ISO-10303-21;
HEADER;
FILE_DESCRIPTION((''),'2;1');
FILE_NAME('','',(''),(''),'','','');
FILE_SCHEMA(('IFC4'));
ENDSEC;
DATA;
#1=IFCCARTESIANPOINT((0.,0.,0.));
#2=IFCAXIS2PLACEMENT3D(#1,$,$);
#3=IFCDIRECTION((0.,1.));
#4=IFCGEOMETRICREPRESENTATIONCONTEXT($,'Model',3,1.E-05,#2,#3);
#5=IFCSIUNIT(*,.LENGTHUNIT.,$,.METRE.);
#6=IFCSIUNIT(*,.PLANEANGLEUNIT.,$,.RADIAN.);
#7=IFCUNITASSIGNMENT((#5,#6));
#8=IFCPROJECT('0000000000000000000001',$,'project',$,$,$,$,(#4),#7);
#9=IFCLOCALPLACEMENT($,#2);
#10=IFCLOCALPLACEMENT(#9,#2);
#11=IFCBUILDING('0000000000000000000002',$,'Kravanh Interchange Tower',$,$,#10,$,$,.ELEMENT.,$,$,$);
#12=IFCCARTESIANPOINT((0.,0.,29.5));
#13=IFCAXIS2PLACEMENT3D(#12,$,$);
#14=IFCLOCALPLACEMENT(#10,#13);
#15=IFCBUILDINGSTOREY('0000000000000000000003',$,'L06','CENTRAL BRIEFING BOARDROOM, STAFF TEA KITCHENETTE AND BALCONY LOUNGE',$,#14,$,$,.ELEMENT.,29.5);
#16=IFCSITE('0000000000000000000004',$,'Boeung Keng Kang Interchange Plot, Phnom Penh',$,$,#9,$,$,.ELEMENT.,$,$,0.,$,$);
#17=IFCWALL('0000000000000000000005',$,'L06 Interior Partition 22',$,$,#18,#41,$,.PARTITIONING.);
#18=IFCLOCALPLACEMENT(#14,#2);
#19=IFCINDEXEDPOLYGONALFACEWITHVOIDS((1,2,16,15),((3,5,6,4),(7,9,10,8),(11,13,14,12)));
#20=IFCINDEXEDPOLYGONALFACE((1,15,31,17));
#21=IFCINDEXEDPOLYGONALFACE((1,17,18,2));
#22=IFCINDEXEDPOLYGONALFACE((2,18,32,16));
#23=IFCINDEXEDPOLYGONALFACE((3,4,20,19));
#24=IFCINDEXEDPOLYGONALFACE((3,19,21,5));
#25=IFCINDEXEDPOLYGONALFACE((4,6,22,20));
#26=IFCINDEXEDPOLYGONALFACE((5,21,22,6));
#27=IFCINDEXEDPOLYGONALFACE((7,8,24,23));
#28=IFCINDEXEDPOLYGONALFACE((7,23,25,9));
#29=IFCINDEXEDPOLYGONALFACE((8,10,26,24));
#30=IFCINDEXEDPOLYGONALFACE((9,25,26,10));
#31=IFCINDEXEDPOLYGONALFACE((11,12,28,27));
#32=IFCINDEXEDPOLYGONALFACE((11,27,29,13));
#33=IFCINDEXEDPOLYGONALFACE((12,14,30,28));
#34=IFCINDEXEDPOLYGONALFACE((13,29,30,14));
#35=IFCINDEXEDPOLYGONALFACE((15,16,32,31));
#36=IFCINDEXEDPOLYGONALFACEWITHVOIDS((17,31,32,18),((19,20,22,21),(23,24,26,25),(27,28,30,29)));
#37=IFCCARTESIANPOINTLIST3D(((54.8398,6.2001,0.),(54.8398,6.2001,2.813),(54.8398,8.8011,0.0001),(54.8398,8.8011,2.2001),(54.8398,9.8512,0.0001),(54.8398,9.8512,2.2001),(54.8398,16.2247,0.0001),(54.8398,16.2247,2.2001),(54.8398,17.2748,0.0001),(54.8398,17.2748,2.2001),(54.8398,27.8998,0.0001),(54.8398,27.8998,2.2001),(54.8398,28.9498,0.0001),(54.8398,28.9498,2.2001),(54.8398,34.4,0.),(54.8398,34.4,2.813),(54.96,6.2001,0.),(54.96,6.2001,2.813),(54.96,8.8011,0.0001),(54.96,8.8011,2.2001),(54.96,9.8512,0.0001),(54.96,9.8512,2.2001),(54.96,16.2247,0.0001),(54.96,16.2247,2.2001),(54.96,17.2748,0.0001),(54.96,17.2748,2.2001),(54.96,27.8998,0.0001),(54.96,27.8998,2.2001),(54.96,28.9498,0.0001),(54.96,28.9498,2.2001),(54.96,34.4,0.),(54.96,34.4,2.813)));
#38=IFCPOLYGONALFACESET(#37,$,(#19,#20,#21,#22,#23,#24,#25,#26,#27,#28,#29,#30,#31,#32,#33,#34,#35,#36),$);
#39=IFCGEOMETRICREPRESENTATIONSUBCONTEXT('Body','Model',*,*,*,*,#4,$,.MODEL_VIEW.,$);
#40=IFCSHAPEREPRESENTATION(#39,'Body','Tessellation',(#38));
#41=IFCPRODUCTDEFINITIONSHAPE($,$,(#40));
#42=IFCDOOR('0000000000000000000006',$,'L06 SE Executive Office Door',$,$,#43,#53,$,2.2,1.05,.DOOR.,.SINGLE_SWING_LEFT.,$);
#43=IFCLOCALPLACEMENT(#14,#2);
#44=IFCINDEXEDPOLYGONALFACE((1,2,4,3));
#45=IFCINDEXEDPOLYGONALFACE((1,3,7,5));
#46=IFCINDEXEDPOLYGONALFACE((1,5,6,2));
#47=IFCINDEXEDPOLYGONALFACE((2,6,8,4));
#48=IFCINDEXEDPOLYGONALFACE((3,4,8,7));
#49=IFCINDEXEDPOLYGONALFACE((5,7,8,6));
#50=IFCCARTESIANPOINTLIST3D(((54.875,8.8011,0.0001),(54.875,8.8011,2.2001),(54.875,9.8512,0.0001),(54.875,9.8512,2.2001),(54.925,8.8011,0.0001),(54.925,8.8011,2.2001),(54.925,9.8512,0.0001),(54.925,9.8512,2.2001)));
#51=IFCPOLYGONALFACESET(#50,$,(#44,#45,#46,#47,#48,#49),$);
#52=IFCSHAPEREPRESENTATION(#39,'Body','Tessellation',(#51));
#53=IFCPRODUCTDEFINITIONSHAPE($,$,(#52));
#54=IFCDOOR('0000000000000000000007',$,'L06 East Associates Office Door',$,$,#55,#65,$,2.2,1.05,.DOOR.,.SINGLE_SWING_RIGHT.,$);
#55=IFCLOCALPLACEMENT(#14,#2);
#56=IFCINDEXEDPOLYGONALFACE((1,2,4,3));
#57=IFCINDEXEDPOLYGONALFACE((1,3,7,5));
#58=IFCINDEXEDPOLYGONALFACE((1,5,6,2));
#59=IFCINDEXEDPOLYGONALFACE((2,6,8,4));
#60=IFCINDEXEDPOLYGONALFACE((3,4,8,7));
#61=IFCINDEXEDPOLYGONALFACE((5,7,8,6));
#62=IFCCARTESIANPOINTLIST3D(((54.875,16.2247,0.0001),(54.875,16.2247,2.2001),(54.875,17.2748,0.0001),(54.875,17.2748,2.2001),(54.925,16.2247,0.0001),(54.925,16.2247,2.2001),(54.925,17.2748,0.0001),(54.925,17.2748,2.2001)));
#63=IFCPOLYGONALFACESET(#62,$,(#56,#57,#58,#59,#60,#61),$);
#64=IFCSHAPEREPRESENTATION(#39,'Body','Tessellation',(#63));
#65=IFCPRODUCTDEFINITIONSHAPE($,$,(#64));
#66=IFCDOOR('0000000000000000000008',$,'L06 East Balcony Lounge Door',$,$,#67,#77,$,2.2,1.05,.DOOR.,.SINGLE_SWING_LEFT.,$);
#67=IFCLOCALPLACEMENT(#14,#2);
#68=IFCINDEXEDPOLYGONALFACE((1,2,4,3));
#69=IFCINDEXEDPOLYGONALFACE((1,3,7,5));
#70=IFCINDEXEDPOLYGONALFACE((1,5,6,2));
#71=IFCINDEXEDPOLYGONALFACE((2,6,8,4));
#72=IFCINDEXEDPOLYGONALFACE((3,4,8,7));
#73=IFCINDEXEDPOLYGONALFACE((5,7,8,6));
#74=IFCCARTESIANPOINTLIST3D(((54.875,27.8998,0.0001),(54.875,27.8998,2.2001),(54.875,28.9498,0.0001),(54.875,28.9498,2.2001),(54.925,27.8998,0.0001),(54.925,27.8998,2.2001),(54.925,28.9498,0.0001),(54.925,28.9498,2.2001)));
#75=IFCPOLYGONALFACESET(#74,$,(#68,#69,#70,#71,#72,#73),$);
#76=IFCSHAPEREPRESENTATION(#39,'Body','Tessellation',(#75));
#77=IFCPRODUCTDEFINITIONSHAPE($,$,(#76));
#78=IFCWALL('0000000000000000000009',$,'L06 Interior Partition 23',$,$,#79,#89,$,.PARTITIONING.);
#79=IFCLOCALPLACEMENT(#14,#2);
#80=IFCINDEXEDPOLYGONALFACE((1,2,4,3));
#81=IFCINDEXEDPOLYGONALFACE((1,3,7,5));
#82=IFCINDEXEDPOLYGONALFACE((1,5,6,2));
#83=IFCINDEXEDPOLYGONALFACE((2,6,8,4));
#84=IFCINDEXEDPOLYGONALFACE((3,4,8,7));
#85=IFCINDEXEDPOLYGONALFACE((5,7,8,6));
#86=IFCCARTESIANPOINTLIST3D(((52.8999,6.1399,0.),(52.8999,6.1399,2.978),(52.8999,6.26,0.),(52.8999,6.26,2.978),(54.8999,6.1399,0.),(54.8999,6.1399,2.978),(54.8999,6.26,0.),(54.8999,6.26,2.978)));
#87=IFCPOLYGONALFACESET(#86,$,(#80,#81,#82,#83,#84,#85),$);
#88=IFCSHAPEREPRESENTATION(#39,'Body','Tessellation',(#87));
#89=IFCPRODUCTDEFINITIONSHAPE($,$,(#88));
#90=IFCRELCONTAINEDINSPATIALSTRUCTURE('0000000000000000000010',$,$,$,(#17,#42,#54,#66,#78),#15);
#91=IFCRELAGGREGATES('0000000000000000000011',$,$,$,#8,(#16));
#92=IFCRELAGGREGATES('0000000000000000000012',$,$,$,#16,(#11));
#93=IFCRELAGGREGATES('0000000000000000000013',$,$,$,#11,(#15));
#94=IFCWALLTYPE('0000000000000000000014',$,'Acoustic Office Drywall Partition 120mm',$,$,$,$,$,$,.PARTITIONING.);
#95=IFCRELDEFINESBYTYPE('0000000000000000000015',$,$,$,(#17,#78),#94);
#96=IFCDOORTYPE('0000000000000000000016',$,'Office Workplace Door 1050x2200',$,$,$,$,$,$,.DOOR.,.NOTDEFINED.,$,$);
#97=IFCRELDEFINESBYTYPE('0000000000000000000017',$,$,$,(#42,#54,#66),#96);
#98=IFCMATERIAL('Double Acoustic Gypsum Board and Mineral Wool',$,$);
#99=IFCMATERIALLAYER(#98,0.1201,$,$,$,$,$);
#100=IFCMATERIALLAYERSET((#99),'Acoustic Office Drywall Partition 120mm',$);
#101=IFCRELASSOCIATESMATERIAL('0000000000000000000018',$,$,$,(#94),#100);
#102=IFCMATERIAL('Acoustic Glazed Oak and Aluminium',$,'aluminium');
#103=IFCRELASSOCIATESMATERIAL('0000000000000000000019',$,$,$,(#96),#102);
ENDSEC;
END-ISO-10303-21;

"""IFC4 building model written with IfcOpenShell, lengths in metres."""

from ifc_helpers import new_model, si_unit, direction, frame, frame_2d, origin, place, context, subcontext, project, spatial, rectangle, extrude, material, layer, layer_set, type_object, element, fill, save


model = new_model("IFC4")

# Units and contexts
model_context = context("Model", 3, precision=1e-05, world=origin(), true_north=direction((0.0, 1.0)))
body_context = subcontext(model_context, "Body", "Model", "MODEL_VIEW")
ifc_project = project(units=[si_unit("LENGTHUNIT", "METRE"), si_unit("PLANEANGLEUNIT", "RADIAN")], contexts=[model_context])

# Site, building, storey
site_placement = place(None, origin())
site = spatial("IfcSite", under=ifc_project, at=site_placement, Name="Boeung Keng Kang Interchange Plot, Phnom Penh", CompositionType="ELEMENT", RefElevation=0.0)
building_placement = place(site_placement, origin())
building = spatial("IfcBuilding", under=site, at=building_placement, Name="Kravanh Interchange Tower", CompositionType="ELEMENT")
storey_placement = place(building_placement, frame((0.0, 0.0, 29.5)))
storey = spatial("IfcBuildingStorey", under=building, at=storey_placement, Name="L06", Description="CENTRAL BRIEFING BOARDROOM, STAFF TEA KITCHENETTE AND BALCONY LOUNGE", CompositionType="ELEMENT", Elevation=29.5)

# Shared definitions
ifc_material_1 = material(Name="Double Acoustic Gypsum Board and Mineral Wool")
ifc_layer_1 = layer(ifc_material_1, 0.1201)
ifc_layer_set_1 = layer_set([ifc_layer_1], Name="Acoustic Office Drywall Partition 120mm")
wall_type = type_object("IfcWallType", Name="Acoustic Office Drywall Partition 120mm", PredefinedType="PARTITIONING", material=ifc_layer_set_1)

# Wall, openings, doors
wall_1_placement = place(storey_placement, frame((54.8999, 6.2, 0.0), z_axis=(0.0, 0.0, 1.0), x_axis=(0.0, 1.0, 0.0)))
wall_1 = element("IfcWall", 1, at=wall_1_placement, inside=storey, type_object=wall_type, Name="L06 Interior Partition 22", PredefinedType="PARTITIONING", context=body_context, shape_type="SweptSolid", body=[
    extrude(rectangle(XDim=28.2, YDim=0.1201, at=frame_2d((14.1001, 0.0))), origin(), (0.0, 0.0, 1.0), 2.813),
])
opening_1_placement = place(wall_1_placement, frame((2.6013, 0.0, 0.0)))
opening_1 = element("IfcOpeningElement", 2, at=opening_1_placement, cuts=wall_1, PredefinedType="OPENING", context=body_context, shape_type="SweptSolid", body=[
    extrude(rectangle(XDim=1.05, YDim=2.2, at=frame_2d((0.5249, 1.1001))), frame((0.0, 0.0701, 0.0), z_axis=(0.0, -1.0, 0.0), x_axis=(1.0, 0.0, 0.0)), (0.0, 0.0, 1.0), 0.1401),
])
opening_2_placement = place(wall_1_placement, frame((10.0249, 0.0, 0.0)))
opening_2 = element("IfcOpeningElement", 3, at=opening_2_placement, cuts=wall_1, PredefinedType="OPENING", context=body_context, shape_type="SweptSolid", body=[
    extrude(rectangle(XDim=1.05, YDim=2.2, at=frame_2d((0.5249, 1.1001))), frame((0.0, 0.0701, 0.0), z_axis=(0.0, -1.0, 0.0), x_axis=(1.0, 0.0, 0.0)), (0.0, 0.0, 1.0), 0.1401),
])
opening_3_placement = place(wall_1_placement, frame((21.7, 0.0, 0.0)))
opening_3 = element("IfcOpeningElement", 4, at=opening_3_placement, cuts=wall_1, PredefinedType="OPENING", context=body_context, shape_type="SweptSolid", body=[
    extrude(rectangle(XDim=1.05, YDim=2.2, at=frame_2d((0.5249, 1.1001))), frame((0.0, 0.0701, 0.0), z_axis=(0.0, -1.0, 0.0), x_axis=(1.0, 0.0, 0.0)), (0.0, 0.0, 1.0), 0.1401),
])
ifc_material_2 = material(Name="Acoustic Glazed Oak and Aluminium", Category="aluminium")
door_type = type_object("IfcDoorType", Name="Office Workplace Door 1050x2200", OperationType="NOTDEFINED", PredefinedType="DOOR", material=ifc_material_2)
door_1_placement = place(opening_1_placement, origin())
door_1 = element("IfcDoor", 5, at=door_1_placement, inside=storey, type_object=door_type, Name="L06 SE Executive Office Door", OperationType="SINGLE_SWING_LEFT", OverallHeight=2.2, OverallWidth=1.05, PredefinedType="DOOR", context=body_context, shape_type="SweptSolid", body=[
    extrude(rectangle(XDim=1.05, YDim=2.2, at=frame_2d((0.5249, 1.1001))), frame((0.0, 0.0249, 0.0), z_axis=(0.0, -1.0, 0.0), x_axis=(1.0, 0.0, 0.0)), (0.0, 0.0, 1.0), 0.05),
])
fill(opening_1, door_1)
door_2_placement = place(opening_2_placement, origin())
door_2 = element("IfcDoor", 6, at=door_2_placement, inside=storey, type_object=door_type, Name="L06 East Associates Office Door", OperationType="SINGLE_SWING_RIGHT", OverallHeight=2.2, OverallWidth=1.05, PredefinedType="DOOR", context=body_context, shape_type="SweptSolid", body=[
    extrude(rectangle(XDim=1.05, YDim=2.2, at=frame_2d((0.5249, 1.1001))), frame((0.0, 0.0249, 0.0), z_axis=(0.0, -1.0, 0.0), x_axis=(1.0, 0.0, 0.0)), (0.0, 0.0, 1.0), 0.05),
])
fill(opening_2, door_2)
door_3_placement = place(opening_3_placement, origin())
door_3 = element("IfcDoor", 7, at=door_3_placement, inside=storey, type_object=door_type, Name="L06 East Balcony Lounge Door", OperationType="SINGLE_SWING_LEFT", OverallHeight=2.2, OverallWidth=1.05, PredefinedType="DOOR", context=body_context, shape_type="SweptSolid", body=[
    extrude(rectangle(XDim=1.05, YDim=2.2, at=frame_2d((0.5249, 1.1001))), frame((0.0, 0.0249, 0.0), z_axis=(0.0, -1.0, 0.0), x_axis=(1.0, 0.0, 0.0)), (0.0, 0.0, 1.0), 0.05),
])
fill(opening_3, door_3)

# Wall
wall_2_placement = place(storey_placement, frame((52.8999, 6.2, 0.0), z_axis=(0.0, 0.0, 1.0), x_axis=(1.0, 0.0, 0.0)))
element("IfcWall", 8, at=wall_2_placement, inside=storey, type_object=wall_type, Name="L06 Interior Partition 23", PredefinedType="PARTITIONING", context=body_context, shape_type="SweptSolid", body=[
    extrude(rectangle(XDim=2.0, YDim=0.1201, at=frame_2d((1.0, 0.0))), origin(), (0.0, 0.0, 1.0), 2.978),
])

save(model, "model.ifc")
